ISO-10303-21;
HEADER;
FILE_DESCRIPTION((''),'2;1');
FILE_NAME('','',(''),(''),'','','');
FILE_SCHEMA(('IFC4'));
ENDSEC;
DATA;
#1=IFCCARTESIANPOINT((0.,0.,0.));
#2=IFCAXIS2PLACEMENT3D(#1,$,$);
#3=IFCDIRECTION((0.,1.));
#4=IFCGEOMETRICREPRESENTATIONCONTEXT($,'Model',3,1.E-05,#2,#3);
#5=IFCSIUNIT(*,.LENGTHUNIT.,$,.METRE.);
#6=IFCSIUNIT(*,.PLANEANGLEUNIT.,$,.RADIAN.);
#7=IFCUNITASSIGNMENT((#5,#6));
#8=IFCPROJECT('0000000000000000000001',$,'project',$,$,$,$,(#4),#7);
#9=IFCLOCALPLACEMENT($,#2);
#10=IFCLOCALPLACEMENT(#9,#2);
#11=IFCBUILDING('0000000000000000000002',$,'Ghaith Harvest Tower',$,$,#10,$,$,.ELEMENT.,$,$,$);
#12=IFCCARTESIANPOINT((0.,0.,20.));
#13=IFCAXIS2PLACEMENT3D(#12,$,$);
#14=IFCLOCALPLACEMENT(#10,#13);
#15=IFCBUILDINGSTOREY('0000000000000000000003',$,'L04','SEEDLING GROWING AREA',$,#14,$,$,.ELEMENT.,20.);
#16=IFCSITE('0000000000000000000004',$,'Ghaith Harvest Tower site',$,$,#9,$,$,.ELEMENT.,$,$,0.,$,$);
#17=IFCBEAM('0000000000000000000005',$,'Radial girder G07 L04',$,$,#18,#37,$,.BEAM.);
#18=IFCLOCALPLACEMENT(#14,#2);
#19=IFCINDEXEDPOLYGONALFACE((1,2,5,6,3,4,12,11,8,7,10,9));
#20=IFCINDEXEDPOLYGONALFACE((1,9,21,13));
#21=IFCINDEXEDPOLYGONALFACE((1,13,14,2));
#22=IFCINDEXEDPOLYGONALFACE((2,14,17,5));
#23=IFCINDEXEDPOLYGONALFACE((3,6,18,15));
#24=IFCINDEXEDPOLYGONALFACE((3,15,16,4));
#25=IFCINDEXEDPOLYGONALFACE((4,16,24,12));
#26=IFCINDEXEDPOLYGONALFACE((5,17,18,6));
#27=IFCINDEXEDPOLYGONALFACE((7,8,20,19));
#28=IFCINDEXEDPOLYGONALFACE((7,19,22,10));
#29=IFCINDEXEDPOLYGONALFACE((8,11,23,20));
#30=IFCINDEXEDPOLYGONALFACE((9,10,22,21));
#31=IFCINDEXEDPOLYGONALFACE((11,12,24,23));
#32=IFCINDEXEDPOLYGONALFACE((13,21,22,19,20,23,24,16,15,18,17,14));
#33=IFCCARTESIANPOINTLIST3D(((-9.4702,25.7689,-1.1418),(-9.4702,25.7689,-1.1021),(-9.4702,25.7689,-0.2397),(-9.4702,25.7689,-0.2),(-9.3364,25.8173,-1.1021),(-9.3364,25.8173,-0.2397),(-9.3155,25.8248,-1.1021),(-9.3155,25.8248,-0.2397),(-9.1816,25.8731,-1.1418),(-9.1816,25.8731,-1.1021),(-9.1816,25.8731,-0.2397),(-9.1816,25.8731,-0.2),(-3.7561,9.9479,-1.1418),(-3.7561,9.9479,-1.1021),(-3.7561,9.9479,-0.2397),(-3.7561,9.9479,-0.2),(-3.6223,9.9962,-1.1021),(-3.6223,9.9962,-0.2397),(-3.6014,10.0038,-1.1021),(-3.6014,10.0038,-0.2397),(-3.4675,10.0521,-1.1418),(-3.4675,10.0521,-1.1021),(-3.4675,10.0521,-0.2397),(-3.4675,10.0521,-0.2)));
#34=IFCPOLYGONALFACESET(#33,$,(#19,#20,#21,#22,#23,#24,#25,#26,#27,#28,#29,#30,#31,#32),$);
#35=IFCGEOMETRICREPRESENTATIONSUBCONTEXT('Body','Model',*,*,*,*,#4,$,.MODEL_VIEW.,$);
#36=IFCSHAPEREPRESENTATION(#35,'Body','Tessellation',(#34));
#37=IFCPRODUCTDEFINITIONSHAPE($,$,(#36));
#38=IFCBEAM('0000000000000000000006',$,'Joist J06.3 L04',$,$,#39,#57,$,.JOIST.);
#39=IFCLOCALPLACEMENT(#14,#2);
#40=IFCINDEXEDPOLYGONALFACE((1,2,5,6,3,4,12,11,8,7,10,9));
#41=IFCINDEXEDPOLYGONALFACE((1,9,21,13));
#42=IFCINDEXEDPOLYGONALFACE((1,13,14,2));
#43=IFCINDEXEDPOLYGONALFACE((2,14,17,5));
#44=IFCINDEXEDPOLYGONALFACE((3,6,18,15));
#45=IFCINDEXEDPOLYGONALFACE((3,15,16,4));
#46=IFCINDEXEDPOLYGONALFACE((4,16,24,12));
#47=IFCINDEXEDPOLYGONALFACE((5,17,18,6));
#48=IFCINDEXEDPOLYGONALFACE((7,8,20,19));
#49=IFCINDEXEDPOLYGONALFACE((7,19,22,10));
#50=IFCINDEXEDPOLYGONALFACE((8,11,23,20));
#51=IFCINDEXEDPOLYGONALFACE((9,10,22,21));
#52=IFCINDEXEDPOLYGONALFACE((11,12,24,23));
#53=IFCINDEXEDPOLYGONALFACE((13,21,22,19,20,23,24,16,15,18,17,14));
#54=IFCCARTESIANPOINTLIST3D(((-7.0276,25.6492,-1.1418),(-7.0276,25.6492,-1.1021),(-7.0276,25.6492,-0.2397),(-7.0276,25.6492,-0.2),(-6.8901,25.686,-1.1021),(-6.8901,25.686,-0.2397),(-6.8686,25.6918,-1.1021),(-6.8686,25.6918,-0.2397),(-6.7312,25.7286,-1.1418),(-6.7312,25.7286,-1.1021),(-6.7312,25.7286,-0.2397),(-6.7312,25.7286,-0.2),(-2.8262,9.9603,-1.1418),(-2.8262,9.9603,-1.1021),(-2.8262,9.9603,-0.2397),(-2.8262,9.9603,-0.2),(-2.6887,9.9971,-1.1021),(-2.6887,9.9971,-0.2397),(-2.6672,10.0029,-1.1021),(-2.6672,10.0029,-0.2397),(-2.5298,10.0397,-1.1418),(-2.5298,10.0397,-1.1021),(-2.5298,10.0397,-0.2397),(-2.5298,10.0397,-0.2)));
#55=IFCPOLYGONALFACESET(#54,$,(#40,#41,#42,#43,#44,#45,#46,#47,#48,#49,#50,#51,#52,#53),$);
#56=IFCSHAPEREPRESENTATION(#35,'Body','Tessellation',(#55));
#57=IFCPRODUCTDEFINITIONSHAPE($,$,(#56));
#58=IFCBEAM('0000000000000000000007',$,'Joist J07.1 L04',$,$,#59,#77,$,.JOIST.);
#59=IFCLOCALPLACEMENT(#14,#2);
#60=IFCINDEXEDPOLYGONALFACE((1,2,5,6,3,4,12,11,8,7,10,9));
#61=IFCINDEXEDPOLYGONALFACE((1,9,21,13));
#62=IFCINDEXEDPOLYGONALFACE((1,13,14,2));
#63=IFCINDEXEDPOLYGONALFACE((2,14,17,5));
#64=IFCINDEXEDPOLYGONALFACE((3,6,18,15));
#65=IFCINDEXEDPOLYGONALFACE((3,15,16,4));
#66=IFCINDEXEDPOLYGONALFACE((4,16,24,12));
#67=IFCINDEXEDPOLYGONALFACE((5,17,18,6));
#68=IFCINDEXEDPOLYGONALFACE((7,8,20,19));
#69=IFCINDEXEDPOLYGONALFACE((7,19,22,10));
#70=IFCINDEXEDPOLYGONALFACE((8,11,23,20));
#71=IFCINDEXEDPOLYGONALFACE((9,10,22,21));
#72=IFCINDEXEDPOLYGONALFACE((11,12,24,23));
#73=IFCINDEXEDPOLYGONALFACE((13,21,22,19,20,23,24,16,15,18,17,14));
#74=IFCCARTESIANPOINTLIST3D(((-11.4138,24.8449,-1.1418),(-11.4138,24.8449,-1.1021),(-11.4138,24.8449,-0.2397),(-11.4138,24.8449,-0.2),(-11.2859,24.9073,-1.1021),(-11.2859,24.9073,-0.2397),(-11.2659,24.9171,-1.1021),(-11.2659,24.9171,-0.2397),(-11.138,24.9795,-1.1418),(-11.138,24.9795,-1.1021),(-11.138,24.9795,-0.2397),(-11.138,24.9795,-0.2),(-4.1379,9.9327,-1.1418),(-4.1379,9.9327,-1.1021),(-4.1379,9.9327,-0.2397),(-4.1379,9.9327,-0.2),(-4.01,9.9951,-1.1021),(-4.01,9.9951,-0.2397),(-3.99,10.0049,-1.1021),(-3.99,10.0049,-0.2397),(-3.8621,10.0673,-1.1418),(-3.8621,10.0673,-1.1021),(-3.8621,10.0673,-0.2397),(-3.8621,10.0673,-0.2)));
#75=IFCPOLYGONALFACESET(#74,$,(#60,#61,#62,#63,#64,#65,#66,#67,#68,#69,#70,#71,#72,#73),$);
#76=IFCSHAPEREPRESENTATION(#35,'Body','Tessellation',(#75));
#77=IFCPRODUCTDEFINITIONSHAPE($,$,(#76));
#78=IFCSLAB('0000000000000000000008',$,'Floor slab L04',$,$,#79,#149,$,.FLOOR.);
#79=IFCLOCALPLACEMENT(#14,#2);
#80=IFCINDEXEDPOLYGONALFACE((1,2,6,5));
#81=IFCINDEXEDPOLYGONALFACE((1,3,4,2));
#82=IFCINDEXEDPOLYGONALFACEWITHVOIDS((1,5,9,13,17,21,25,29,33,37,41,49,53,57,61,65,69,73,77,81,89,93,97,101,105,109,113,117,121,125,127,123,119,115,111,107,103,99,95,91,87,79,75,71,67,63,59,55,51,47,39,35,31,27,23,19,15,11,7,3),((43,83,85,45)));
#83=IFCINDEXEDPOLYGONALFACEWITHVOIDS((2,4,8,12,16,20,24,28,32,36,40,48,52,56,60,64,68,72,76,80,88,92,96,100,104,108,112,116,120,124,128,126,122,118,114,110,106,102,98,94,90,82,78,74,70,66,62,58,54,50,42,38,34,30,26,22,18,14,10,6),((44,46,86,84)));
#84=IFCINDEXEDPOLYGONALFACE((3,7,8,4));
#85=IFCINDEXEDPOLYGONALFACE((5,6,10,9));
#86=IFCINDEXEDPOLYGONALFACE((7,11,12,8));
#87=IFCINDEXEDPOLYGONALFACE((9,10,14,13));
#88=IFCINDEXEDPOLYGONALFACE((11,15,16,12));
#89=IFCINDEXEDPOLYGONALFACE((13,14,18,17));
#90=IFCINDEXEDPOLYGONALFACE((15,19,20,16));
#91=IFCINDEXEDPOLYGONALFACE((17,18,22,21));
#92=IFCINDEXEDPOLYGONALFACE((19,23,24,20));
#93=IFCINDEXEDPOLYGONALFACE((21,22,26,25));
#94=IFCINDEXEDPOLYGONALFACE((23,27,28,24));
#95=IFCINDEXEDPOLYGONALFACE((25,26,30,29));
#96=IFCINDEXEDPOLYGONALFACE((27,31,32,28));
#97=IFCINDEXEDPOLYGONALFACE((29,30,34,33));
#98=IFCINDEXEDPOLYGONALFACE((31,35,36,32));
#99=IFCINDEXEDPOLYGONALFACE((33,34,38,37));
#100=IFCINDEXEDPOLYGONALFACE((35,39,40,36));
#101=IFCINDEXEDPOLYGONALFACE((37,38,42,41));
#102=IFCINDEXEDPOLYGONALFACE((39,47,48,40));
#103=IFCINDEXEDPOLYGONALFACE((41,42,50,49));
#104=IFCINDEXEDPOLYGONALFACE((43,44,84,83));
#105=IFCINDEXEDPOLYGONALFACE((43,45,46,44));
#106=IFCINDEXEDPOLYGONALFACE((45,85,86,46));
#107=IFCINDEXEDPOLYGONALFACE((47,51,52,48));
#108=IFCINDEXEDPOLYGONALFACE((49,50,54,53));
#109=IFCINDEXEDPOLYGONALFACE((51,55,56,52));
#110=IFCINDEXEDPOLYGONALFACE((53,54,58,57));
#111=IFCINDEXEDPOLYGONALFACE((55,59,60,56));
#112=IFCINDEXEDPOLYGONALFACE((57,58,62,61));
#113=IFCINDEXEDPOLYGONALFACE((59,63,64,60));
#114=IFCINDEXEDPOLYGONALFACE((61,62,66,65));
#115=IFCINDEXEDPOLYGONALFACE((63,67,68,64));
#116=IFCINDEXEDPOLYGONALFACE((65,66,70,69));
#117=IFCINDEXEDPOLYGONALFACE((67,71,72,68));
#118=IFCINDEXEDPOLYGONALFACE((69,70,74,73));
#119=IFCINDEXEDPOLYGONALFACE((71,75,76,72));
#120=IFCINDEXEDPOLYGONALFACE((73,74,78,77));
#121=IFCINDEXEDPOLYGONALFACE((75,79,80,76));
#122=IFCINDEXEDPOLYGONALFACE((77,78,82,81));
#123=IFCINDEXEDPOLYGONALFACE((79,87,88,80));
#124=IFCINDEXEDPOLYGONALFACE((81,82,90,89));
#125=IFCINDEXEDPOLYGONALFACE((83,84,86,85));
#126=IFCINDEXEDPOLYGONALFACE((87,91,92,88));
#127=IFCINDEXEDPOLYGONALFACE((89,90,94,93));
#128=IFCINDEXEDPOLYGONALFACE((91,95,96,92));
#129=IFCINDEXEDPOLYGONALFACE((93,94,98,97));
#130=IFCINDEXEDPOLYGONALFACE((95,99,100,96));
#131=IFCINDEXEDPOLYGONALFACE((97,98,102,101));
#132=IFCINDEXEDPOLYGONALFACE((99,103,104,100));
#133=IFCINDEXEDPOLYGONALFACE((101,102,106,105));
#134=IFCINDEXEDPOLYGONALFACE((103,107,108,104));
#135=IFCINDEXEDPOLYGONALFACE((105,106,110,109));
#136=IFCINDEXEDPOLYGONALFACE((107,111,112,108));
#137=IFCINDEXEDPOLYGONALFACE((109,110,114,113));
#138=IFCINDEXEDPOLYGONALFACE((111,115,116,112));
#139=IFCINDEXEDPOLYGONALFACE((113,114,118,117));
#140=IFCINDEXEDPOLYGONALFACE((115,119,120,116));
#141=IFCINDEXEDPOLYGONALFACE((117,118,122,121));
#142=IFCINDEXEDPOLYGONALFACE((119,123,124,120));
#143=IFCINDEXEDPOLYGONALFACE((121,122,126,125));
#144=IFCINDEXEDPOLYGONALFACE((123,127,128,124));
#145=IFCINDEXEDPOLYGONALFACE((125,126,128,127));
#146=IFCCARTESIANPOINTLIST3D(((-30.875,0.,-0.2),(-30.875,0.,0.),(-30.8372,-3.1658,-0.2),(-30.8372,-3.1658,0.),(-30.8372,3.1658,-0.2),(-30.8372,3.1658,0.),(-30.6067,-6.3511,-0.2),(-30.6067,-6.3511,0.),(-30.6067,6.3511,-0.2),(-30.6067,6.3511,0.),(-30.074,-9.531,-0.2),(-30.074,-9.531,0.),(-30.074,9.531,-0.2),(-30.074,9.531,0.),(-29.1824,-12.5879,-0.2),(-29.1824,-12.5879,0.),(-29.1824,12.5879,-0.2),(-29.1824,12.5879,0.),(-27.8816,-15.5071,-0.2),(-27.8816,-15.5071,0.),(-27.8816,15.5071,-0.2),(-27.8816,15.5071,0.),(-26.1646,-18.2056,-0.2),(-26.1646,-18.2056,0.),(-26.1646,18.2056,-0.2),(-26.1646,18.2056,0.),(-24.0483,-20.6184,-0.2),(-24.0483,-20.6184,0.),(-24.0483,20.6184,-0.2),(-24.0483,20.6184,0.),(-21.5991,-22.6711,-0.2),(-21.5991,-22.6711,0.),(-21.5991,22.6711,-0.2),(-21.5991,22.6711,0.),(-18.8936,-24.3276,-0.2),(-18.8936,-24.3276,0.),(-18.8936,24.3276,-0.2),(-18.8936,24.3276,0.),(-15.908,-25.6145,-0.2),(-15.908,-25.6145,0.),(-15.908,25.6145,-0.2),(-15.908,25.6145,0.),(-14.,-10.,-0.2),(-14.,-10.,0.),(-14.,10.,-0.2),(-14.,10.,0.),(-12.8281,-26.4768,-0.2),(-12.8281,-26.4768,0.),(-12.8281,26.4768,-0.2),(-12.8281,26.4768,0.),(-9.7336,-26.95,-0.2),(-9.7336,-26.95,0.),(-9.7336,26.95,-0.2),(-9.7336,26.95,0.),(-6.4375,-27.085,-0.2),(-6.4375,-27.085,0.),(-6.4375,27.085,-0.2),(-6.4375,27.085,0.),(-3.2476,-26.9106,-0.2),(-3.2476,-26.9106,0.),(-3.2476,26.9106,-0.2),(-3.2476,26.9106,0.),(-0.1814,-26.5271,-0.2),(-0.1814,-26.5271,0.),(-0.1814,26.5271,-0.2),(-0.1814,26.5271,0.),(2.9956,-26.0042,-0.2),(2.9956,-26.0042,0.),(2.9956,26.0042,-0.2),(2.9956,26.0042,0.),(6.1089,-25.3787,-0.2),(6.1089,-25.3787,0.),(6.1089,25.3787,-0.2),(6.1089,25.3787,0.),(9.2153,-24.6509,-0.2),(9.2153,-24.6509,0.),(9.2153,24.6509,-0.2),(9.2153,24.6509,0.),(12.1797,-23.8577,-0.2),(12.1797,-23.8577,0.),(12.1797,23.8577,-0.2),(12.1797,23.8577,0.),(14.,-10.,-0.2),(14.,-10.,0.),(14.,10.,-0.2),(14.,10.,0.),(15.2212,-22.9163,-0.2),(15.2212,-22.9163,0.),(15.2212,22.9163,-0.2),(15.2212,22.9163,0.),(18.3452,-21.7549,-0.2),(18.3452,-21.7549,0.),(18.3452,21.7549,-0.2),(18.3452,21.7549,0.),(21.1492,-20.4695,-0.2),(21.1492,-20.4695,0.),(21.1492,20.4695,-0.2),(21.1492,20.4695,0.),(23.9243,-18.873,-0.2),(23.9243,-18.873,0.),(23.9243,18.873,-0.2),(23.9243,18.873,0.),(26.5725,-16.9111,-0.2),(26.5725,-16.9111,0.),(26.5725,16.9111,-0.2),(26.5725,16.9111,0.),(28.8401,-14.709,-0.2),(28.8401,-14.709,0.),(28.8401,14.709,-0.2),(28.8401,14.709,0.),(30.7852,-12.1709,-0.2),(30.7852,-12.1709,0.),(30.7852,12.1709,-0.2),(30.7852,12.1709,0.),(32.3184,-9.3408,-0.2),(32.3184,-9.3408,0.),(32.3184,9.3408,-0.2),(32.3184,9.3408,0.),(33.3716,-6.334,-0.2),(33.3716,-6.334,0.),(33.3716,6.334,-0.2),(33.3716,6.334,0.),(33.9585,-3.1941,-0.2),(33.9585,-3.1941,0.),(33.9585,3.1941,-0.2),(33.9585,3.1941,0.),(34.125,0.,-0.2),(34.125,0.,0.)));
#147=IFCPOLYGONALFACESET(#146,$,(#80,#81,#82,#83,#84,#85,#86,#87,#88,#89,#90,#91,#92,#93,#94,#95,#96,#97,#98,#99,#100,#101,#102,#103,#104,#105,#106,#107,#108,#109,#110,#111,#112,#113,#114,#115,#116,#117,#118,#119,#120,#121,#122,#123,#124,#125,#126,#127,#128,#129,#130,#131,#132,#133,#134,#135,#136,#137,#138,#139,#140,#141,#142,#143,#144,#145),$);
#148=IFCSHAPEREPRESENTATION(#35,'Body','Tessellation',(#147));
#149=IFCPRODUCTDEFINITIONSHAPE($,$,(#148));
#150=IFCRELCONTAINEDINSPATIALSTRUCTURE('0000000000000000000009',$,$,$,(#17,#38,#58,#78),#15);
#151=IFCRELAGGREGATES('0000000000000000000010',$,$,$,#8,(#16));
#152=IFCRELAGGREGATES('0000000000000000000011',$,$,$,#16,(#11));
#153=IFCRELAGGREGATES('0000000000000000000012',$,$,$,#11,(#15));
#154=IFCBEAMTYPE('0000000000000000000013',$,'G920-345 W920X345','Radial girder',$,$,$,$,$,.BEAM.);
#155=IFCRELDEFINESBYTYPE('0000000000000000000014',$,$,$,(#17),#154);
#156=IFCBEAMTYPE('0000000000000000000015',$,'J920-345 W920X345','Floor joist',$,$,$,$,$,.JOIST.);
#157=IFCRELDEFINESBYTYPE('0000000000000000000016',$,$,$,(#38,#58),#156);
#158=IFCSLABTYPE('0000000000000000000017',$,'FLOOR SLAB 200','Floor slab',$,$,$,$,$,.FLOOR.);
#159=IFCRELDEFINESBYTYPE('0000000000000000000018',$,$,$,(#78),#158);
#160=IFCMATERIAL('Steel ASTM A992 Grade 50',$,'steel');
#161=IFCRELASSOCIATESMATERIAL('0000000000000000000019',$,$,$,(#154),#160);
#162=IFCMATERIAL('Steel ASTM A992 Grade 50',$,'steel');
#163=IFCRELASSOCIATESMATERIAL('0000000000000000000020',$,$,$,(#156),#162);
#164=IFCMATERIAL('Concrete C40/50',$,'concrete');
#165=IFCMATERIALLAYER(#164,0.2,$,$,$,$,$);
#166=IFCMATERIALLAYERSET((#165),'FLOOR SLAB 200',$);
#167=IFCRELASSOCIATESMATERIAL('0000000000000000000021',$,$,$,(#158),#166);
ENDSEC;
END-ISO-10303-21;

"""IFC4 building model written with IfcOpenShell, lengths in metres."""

from ifc_helpers import new_model, si_unit, direction, frame, origin, origin_2d, place, context, subcontext, project, spatial, polyline, i_section, outline, extrude, material, layer, layer_set, material_profile, profile_set, type_object, element, save


model = new_model("IFC4")

# Units and contexts
model_context = context("Model", 3, precision=1e-05, world=origin(), true_north=direction((0.0, 1.0)))
body_context = subcontext(model_context, "Body", "Model", "MODEL_VIEW")
ifc_project = project(units=[si_unit("LENGTHUNIT", "METRE"), si_unit("PLANEANGLEUNIT", "RADIAN")], contexts=[model_context])

# Site, building, storey
site_placement = place(None, origin())
site = spatial("IfcSite", under=ifc_project, at=site_placement, Name="Ghaith Harvest Tower site", CompositionType="ELEMENT", RefElevation=0.0)
building_placement = place(site_placement, origin())
building = spatial("IfcBuilding", under=site, at=building_placement, Name="Ghaith Harvest Tower", CompositionType="ELEMENT")
storey_placement = place(building_placement, frame((0.0, 0.0, 20.0)))
storey = spatial("IfcBuildingStorey", under=building, at=storey_placement, Name="L04", Description="SEEDLING GROWING AREA", CompositionType="ELEMENT", Elevation=20.0)

# Beams
ifc_material_1 = material(Name="Steel ASTM A992 Grade 50", Category="steel")
ifc_material_profile_1 = material_profile(ifc_material_1, i_section(OverallWidth=0.3069, OverallDepth=0.9419, WebThickness=0.0222, FlangeThickness=0.0398, at=origin_2d()), Name="W920X345")
ifc_profile_set_1 = profile_set([ifc_material_profile_1], Name="Steel ASTM A992 Grade 50")
beam_type_1 = type_object("IfcBeamType", Name="G920-345 W920X345", Description="Radial girder", PredefinedType="BEAM", material=ifc_profile_set_1)
beam_1_placement = place(storey_placement, frame((-3.6118, 10.0, -0.6709), z_axis=(-0.339695, 0.940536, 0.0), x_axis=(-0.940536, -0.339695, 0.0)))
element("IfcBeam", 1, at=beam_1_placement, inside=storey, type_object=beam_type_1, Name="Radial girder G07 L04", PredefinedType="BEAM", context=body_context, shape_type="SweptSolid", body=[
    extrude(i_section(OverallWidth=0.3069, OverallDepth=0.9419, WebThickness=0.0222, FlangeThickness=0.0398, at=origin_2d()), origin(), (0.0, 0.0, 1.0), 16.8213),
])
ifc_material_2 = material(Name="Steel ASTM A992 Grade 50", Category="steel")
ifc_material_profile_2 = material_profile(ifc_material_2, i_section(OverallWidth=0.3069, OverallDepth=0.9419, WebThickness=0.0222, FlangeThickness=0.0398, at=origin_2d()), Name="W920X345")
ifc_profile_set_2 = profile_set([ifc_material_profile_2], Name="Steel ASTM A992 Grade 50")
beam_type_2 = type_object("IfcBeamType", Name="J920-345 W920X345", Description="Floor joist", PredefinedType="JOIST", material=ifc_profile_set_2)
beam_2_placement = place(storey_placement, frame((-2.678, 10.0, -0.6709), z_axis=(-0.258679, 0.965963, 0.0), x_axis=(-0.965963, -0.258679, 0.0)))
element("IfcBeam", 2, at=beam_2_placement, inside=storey, type_object=beam_type_2, Name="Joist J06.3 L04", PredefinedType="JOIST", context=body_context, shape_type="SweptSolid", body=[
    extrude(i_section(OverallWidth=0.3069, OverallDepth=0.9419, WebThickness=0.0222, FlangeThickness=0.0398, at=origin_2d()), origin(), (0.0, 0.0, 1.0), 16.2417),
])
beam_3_placement = place(storey_placement, frame((-4.0, 10.0, -0.6709), z_axis=(-0.438505, 0.898729, 0.0), x_axis=(-0.898729, -0.438505, 0.0)))
element("IfcBeam", 3, at=beam_3_placement, inside=storey, type_object=beam_type_2, Name="Joist J07.1 L04", PredefinedType="JOIST", context=body_context, shape_type="SweptSolid", body=[
    extrude(i_section(OverallWidth=0.3069, OverallDepth=0.9419, WebThickness=0.0222, FlangeThickness=0.0398, at=origin_2d()), origin(), (0.0, 0.0, 1.0), 16.5925),
])

# Slab
ifc_material_3 = material(Name="Concrete C40/50", Category="concrete")
ifc_layer_1 = layer(ifc_material_3, 0.2)
ifc_layer_set_1 = layer_set([ifc_layer_1], Name="FLOOR SLAB 200")
slab_type_1 = type_object("IfcSlabType", Name="FLOOR SLAB 200", Description="Floor slab", PredefinedType="FLOOR", material=ifc_layer_set_1)
slab_1_placement = place(storey_placement, frame((0.0, 0.0, -0.2)))
element("IfcSlab", 4, at=slab_1_placement, inside=storey, type_object=slab_type_1, Name="Floor slab L04", PredefinedType="FLOOR", context=body_context, shape_type="SweptSolid", body=[
    extrude(outline(polyline([(34.125, 0.0), (33.9585, 3.1941), (33.3716, 6.334), (32.3184, 9.3408), (30.7852, 12.1709), (28.8401, 14.709), (26.5725, 16.9111), (23.9243, 18.873), (21.1492, 20.4695), (18.3452, 21.7549), (15.2212, 22.9163), (12.1797, 23.8577), (9.2153, 24.6509), (6.1089, 25.3787), (2.9956, 26.0042), (-0.1814, 26.5271), (-3.2476, 26.9106), (-6.4375, 27.085), (-9.7336, 26.95), (-12.8281, 26.4768), (-15.908, 25.6145), (-18.8936, 24.3276), (-21.5991, 22.6711), (-24.0483, 20.6184), (-26.1646, 18.2056), (-27.8816, 15.5071), (-29.1824, 12.5879), (-30.074, 9.531), (-30.6067, 6.3511), (-30.8372, 3.1658), (-30.875, 0.0), (-30.8372, -3.1658), (-30.6067, -6.3511), (-30.074, -9.531), (-29.1824, -12.5879), (-27.8816, -15.5071), (-26.1646, -18.2056), (-24.0483, -20.6184), (-21.5991, -22.6711), (-18.8936, -24.3276), (-15.908, -25.6145), (-12.8281, -26.4768), (-9.7336, -26.95), (-6.4375, -27.085), (-3.2476, -26.9106), (-0.1814, -26.5271), (2.9956, -26.0042), (6.1089, -25.3787), (9.2153, -24.6509), (12.1797, -23.8577), (15.2212, -22.9163), (18.3452, -21.7549), (21.1492, -20.4695), (23.9243, -18.873), (26.5725, -16.9111), (28.8401, -14.709), (30.7852, -12.1709), (32.3184, -9.3408), (33.3716, -6.334), (33.9585, -3.1941), (34.125, 0.0)]), holes=[polyline([(-14.0, -10.0), (14.0, -10.0), (14.0, 10.0), (-14.0, 10.0), (-14.0, -10.0)])]), origin(), (0.0, 0.0, 1.0), 0.2),
])

save(model, "model.ifc")
